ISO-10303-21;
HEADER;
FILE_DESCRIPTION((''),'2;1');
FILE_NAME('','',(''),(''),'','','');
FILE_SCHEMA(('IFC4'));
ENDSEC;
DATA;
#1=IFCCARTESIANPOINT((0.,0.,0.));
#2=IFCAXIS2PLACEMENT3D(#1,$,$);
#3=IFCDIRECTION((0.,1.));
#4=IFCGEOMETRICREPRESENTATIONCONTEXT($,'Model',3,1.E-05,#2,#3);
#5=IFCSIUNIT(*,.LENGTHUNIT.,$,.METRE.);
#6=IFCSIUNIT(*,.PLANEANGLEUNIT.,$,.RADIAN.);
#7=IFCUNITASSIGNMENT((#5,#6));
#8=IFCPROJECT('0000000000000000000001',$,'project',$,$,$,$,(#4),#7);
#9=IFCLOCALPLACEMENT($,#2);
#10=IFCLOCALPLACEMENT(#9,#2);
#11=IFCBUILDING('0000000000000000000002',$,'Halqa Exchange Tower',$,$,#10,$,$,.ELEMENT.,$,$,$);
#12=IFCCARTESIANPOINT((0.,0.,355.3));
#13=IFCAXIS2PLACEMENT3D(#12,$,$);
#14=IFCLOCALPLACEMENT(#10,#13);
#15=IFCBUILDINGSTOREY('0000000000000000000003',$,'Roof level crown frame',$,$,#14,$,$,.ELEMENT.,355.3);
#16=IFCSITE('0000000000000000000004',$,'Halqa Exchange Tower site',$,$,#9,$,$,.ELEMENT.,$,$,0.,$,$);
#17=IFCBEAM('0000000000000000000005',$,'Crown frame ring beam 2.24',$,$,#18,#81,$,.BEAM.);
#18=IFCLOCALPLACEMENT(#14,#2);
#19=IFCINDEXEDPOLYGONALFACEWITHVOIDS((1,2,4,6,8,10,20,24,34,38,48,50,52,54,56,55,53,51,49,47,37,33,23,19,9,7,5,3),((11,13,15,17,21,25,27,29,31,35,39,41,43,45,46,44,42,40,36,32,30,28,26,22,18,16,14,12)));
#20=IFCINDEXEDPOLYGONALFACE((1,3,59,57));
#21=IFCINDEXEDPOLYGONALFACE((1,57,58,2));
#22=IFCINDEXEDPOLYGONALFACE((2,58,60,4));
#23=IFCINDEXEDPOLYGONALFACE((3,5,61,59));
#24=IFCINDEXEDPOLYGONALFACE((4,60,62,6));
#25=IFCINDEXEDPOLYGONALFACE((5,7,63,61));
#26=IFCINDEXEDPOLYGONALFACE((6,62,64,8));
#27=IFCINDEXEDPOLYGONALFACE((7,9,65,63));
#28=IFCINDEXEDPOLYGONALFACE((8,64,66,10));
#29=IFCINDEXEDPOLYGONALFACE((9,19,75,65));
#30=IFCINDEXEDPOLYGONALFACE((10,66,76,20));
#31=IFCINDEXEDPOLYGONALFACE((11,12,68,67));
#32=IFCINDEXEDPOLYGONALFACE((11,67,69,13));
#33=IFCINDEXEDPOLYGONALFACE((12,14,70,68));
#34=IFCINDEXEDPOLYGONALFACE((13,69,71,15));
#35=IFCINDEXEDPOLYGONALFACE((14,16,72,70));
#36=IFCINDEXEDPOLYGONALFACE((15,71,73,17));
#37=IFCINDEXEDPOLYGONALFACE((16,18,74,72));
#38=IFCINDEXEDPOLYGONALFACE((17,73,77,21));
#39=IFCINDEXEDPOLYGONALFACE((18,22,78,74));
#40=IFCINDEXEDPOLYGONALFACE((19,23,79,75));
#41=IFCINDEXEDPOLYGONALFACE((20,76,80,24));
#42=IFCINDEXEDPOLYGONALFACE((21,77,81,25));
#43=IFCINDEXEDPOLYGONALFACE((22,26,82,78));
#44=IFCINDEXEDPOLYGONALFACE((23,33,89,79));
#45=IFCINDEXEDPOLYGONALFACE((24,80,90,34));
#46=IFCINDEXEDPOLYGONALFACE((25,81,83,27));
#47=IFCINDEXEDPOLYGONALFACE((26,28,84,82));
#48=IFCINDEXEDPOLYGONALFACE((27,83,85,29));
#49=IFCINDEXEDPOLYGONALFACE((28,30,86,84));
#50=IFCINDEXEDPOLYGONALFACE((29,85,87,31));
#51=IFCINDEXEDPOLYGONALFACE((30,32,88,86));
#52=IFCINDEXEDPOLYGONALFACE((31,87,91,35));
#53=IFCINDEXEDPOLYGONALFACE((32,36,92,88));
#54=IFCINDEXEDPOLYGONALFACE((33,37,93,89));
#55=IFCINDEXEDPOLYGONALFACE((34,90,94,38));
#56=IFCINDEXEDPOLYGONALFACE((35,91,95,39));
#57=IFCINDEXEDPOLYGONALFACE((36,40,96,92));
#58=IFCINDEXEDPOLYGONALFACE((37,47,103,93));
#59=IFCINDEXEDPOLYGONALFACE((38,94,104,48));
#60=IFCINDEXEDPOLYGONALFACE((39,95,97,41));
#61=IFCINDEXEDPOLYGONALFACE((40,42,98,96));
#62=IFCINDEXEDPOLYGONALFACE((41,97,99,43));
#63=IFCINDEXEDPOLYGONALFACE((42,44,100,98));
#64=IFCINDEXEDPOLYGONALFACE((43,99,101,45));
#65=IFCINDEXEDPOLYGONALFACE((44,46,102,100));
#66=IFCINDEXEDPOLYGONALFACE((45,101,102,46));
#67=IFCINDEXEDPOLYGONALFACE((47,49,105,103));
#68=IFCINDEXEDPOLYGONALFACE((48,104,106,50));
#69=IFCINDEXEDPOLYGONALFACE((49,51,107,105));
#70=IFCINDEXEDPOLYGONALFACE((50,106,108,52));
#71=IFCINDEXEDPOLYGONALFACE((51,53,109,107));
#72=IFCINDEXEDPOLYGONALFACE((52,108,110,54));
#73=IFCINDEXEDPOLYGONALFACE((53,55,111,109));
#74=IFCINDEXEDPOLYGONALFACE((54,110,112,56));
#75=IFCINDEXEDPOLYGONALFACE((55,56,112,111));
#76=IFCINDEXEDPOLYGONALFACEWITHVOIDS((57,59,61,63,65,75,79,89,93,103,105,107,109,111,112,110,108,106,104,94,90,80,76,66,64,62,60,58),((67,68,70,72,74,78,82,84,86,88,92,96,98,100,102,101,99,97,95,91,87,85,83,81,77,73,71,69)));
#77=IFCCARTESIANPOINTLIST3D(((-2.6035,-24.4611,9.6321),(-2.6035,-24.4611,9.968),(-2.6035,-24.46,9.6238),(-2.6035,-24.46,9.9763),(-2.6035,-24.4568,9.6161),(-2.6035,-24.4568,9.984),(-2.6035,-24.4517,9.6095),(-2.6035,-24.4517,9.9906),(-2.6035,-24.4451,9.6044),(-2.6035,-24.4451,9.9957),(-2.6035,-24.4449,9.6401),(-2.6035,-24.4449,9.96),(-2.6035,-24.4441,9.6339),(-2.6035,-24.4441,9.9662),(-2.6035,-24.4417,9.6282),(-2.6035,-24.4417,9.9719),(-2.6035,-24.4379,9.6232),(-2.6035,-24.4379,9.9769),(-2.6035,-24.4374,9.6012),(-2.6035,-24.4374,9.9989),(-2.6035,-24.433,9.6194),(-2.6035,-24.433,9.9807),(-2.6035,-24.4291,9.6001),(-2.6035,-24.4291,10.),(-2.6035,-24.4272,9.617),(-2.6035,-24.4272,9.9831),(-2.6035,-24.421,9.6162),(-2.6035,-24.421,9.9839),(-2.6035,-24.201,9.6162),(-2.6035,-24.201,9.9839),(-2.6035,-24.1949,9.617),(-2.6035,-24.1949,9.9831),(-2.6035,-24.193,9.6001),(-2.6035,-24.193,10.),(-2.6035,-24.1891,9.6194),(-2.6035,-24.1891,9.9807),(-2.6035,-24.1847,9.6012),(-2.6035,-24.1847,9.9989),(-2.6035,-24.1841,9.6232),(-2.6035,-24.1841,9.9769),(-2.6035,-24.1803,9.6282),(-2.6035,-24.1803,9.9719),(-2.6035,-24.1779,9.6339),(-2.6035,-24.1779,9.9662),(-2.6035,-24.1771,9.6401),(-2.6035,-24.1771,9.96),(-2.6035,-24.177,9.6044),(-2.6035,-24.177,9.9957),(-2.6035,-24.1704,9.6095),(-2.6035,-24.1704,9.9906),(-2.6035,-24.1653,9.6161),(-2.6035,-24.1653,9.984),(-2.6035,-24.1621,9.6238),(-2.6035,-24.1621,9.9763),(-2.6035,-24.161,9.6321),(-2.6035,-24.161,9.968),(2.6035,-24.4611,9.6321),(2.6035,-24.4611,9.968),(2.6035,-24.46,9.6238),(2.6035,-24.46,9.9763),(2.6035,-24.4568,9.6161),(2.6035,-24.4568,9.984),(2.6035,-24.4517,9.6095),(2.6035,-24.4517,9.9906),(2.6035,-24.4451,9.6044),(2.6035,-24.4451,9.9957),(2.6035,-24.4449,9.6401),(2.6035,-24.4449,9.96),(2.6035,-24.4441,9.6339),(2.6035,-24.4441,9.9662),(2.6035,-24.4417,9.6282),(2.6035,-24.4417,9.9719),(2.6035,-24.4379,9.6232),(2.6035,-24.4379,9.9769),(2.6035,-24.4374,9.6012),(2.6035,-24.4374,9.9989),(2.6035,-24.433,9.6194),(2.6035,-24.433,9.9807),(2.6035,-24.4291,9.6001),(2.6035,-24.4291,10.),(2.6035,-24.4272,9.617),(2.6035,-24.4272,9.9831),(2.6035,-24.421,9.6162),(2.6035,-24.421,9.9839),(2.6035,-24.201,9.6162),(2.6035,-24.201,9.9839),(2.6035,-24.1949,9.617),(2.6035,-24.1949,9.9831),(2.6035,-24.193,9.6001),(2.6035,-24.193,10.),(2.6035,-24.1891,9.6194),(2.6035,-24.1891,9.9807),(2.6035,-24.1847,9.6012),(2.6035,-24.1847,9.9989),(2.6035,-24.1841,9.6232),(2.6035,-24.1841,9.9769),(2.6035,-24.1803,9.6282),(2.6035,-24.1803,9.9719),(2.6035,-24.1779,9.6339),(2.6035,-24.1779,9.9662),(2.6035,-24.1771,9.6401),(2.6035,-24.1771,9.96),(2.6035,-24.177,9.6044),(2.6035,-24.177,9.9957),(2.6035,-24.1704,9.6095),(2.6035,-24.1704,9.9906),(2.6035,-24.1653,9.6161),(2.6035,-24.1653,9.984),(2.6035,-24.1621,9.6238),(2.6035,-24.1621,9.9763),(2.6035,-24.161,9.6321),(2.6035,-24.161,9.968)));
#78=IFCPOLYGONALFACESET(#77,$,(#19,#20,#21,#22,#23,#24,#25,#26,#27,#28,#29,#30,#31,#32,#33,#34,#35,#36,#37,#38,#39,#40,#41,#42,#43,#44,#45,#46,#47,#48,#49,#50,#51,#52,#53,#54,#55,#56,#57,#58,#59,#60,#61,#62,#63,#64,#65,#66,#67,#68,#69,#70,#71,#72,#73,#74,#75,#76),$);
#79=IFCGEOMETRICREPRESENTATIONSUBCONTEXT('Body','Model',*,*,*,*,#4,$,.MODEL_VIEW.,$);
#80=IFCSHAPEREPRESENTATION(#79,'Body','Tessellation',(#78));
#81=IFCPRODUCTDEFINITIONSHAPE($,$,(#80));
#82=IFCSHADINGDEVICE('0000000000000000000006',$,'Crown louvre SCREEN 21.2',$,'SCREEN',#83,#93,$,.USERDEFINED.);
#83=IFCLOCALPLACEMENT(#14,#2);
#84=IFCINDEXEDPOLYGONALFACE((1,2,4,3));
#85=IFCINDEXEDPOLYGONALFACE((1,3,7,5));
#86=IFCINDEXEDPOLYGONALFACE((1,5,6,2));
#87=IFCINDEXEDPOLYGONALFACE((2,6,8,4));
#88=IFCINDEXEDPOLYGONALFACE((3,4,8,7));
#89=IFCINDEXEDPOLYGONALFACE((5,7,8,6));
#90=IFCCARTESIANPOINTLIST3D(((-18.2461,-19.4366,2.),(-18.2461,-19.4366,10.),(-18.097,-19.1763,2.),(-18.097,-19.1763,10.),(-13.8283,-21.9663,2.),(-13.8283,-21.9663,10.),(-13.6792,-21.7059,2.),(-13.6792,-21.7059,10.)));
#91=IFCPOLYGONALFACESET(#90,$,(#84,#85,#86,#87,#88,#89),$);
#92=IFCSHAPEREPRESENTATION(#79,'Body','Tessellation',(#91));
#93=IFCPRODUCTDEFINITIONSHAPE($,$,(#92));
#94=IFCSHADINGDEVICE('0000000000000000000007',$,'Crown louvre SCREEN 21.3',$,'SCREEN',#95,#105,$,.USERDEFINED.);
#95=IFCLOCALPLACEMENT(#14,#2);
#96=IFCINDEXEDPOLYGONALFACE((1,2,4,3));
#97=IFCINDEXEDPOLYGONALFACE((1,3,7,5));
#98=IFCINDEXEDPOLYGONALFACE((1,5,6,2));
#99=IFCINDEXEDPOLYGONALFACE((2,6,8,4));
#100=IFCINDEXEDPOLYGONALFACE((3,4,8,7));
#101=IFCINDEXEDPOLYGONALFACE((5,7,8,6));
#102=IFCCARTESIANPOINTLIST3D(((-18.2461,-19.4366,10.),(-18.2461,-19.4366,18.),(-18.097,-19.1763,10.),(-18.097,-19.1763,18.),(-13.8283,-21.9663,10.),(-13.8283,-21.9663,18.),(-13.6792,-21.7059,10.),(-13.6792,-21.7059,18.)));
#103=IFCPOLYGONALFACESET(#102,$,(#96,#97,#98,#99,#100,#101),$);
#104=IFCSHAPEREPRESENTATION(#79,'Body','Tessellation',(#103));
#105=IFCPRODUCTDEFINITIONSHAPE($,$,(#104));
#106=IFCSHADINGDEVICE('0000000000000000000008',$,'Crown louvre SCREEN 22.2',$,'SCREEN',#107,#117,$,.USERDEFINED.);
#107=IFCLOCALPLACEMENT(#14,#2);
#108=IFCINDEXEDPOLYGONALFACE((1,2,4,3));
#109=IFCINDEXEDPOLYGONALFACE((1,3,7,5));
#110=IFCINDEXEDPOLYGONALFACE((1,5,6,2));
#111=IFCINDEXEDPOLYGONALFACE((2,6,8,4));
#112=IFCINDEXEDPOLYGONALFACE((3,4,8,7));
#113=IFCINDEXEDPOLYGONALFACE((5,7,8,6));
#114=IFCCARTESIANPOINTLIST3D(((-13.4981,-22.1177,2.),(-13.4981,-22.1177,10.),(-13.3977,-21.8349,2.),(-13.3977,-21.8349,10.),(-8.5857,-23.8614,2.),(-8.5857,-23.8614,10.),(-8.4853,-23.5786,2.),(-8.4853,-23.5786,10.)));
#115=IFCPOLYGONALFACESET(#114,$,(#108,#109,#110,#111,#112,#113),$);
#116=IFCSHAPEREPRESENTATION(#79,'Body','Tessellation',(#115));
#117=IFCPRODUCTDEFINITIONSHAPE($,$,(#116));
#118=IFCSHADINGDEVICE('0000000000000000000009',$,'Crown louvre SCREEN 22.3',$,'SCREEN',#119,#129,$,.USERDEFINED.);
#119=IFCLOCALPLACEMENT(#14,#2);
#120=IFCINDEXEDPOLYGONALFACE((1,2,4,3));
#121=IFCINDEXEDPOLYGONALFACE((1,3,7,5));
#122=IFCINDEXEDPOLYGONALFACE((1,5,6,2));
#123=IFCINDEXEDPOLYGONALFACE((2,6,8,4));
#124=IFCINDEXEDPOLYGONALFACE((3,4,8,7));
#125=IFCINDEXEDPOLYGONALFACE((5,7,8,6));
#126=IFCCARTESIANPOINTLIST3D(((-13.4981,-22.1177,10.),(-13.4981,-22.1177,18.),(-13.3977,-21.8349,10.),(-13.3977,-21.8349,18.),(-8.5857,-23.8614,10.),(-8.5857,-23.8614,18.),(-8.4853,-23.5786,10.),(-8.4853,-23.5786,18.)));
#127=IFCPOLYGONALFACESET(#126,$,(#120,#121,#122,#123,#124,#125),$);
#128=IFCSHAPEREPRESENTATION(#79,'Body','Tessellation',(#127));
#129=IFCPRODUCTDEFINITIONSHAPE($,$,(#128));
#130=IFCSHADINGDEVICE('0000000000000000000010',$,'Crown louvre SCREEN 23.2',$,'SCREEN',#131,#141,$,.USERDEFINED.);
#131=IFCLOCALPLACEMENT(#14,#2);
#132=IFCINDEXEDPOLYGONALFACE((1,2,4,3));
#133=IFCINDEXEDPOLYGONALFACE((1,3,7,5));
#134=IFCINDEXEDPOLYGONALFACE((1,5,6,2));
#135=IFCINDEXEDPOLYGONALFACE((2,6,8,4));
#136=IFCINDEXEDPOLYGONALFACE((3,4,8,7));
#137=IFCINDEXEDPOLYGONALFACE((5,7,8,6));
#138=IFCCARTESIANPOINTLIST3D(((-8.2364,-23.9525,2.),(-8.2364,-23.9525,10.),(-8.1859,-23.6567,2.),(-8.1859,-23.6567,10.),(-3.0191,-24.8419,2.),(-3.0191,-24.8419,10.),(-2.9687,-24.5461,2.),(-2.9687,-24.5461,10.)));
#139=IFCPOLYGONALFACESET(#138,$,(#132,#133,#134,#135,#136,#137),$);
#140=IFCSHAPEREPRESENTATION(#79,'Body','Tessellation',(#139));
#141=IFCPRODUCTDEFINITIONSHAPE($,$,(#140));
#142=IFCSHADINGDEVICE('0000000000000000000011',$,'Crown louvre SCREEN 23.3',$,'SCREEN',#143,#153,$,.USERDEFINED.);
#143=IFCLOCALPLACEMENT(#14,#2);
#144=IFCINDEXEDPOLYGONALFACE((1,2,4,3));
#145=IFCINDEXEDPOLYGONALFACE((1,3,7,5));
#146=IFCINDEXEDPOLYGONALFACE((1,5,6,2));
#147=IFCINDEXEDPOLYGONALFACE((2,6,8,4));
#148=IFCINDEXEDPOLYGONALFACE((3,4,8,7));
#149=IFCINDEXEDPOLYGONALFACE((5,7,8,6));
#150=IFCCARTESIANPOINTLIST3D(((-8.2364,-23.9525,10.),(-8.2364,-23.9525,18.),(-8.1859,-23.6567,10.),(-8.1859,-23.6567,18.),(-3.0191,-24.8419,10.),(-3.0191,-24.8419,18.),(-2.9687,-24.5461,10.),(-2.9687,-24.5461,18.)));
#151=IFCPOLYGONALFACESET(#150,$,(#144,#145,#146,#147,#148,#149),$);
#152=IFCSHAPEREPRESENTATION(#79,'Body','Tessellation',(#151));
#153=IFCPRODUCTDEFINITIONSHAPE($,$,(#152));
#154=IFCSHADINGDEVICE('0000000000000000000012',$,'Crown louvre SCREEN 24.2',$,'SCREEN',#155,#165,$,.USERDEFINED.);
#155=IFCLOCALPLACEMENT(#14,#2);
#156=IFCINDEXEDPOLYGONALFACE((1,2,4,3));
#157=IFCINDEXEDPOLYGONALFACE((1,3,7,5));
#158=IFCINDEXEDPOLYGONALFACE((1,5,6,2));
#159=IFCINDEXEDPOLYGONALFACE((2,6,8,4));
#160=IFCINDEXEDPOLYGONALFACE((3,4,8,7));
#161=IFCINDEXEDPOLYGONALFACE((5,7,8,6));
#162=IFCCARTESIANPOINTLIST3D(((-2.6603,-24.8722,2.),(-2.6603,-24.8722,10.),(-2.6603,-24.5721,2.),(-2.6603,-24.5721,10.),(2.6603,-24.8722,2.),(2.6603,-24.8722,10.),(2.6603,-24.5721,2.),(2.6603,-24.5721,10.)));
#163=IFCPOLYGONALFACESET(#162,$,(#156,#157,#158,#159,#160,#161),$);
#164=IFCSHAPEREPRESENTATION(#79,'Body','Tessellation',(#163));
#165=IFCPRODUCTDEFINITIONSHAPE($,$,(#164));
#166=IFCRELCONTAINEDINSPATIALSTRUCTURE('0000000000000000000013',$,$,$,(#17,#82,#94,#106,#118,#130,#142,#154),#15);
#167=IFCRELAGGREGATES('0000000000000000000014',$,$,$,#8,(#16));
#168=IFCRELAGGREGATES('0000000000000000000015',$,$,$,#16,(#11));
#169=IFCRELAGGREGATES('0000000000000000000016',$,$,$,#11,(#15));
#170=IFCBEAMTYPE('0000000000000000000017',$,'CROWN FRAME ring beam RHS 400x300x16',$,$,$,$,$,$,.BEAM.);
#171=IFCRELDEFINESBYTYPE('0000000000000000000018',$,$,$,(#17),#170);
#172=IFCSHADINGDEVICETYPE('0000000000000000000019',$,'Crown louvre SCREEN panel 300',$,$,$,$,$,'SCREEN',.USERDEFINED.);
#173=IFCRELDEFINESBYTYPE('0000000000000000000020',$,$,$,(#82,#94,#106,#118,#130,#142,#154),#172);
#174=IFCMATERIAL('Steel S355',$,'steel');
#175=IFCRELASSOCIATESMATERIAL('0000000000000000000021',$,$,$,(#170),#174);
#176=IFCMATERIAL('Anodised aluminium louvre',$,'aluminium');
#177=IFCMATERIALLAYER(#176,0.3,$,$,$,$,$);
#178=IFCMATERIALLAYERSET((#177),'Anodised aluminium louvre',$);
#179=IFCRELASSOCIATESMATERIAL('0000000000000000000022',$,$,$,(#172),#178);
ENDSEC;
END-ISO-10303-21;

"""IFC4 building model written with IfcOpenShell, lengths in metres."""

from ifc_helpers import new_model, si_unit, direction, frame, origin, origin_2d, place, context, subcontext, project, spatial, rectangle, hollow_rectangle, extrude, material, layer, layer_set, material_profile, profile_set, type_object, element, save


model = new_model("IFC4")

# Units and contexts
model_context = context("Model", 3, precision=1e-05, world=origin(), true_north=direction((0.0, 1.0)))
body_context = subcontext(model_context, "Body", "Model", "MODEL_VIEW")
ifc_project = project(units=[si_unit("LENGTHUNIT", "METRE"), si_unit("PLANEANGLEUNIT", "RADIAN")], contexts=[model_context])

# Site, building, storey
site_placement = place(None, origin())
site = spatial("IfcSite", under=ifc_project, at=site_placement, Name="Halqa Exchange Tower site", CompositionType="ELEMENT", RefElevation=0.0)
building_placement = place(site_placement, origin())
building = spatial("IfcBuilding", under=site, at=building_placement, Name="Halqa Exchange Tower", CompositionType="ELEMENT")
storey_placement = place(building_placement, frame((0.0, 0.0, 355.3)))
storey = spatial("IfcBuildingStorey", under=building, at=storey_placement, Name="Roof level crown frame", CompositionType="ELEMENT", Elevation=355.3)

# Shared definitions
ifc_material_1 = material(Name="Steel S355", Category="steel")

# Beam
ifc_material_profile_1 = material_profile(ifc_material_1, hollow_rectangle(XDim=0.3, YDim=0.3999, WallThickness=0.0161, InnerFilletRadius=0.0239, OuterFilletRadius=0.032, at=origin_2d()), Name="RHS 400x300x16")
ifc_profile_set_1 = profile_set([ifc_material_profile_1], Name="Steel S355")
beam_type = type_object("IfcBeamType", Name="CROWN FRAME ring beam RHS 400x300x16", PredefinedType="BEAM", material=ifc_profile_set_1)
beam_1_placement = place(storey_placement, frame((-2.6035, -24.311, 9.8), z_axis=(1.0, 0.0, 0.0), x_axis=(0.0, 1.0, 0.0)))
element("IfcBeam", 1, at=beam_1_placement, inside=storey, type_object=beam_type, Name="Crown frame ring beam 2.24", PredefinedType="BEAM", context=body_context, shape_type="SweptSolid", body=[
    extrude(hollow_rectangle(XDim=0.3, YDim=0.3999, WallThickness=0.0161, InnerFilletRadius=0.0239, OuterFilletRadius=0.032, at=origin_2d()), origin(), (0.0, 0.0, 1.0), 5.207),
])

# Shading devices
ifc_material_2 = material(Name="Anodised aluminium louvre", Category="aluminium")
ifc_layer = layer(ifc_material_2, 0.3)
ifc_layer_set = layer_set([ifc_layer], Name="Anodised aluminium louvre")
shading_device_type = type_object("IfcShadingDeviceType", Name="Crown louvre SCREEN panel 300", ElementType="SCREEN", PredefinedType="USERDEFINED", material=ifc_layer_set)
for number, where, z_axis, x_axis, name in (
    (2, (-15.9626, -20.5713, 2.0), (0.0, 0.0, 1.0), (0.867804, -0.496907, 0.0), "Crown louvre SCREEN 21.2"),
    (3, (-15.9626, -20.5713, 10.0), (0.0, 0.0, 1.0), (0.867804, -0.496907, 0.0), "Crown louvre SCREEN 21.3"),
):
    element("IfcShadingDevice", number, at=place(storey_placement, frame(where, z_axis=z_axis, x_axis=x_axis)), inside=storey, type_object=shading_device_type, Name=name, ObjectType="SCREEN", PredefinedType="USERDEFINED", context=body_context, shape_type="SweptSolid", body=[
        extrude(rectangle(XDim=5.0908, YDim=0.3, at=origin_2d()), origin(), (0.0, 0.0, 1.0), 8.0),
    ])
for number, where, z_axis, x_axis, name in (
    (4, (-10.9917, -22.8481, 2.0), (0.0, 0.0, 1.0), (0.942388, -0.334522, 0.0), "Crown louvre SCREEN 22.2"),
    (5, (-10.9917, -22.8481, 10.0), (0.0, 0.0, 1.0), (0.942388, -0.334522, 0.0), "Crown louvre SCREEN 22.3"),
):
    element("IfcShadingDevice", number, at=place(storey_placement, frame(where, z_axis=z_axis, x_axis=x_axis)), inside=storey, type_object=shading_device_type, Name=name, ObjectType="SCREEN", PredefinedType="USERDEFINED", context=body_context, shape_type="SweptSolid", body=[
        extrude(rectangle(XDim=5.2126, YDim=0.3, at=origin_2d()), origin(), (0.0, 0.0, 1.0), 8.0),
    ])
for number, where, z_axis, x_axis, name in (
    (6, (-5.6025, -24.2493, 2.0), (0.0, 0.0, 1.0), (0.985778, -0.168051, 0.0), "Crown louvre SCREEN 23.2"),
    (7, (-5.6025, -24.2493, 10.0), (0.0, 0.0, 1.0), (0.985778, -0.168051, 0.0), "Crown louvre SCREEN 23.3"),
):
    element("IfcShadingDevice", number, at=place(storey_placement, frame(where, z_axis=z_axis, x_axis=x_axis)), inside=storey, type_object=shading_device_type, Name=name, ObjectType="SCREEN", PredefinedType="USERDEFINED", context=body_context, shape_type="SweptSolid", body=[
        extrude(rectangle(XDim=5.2925, YDim=0.3, at=origin_2d()), origin(), (0.0, 0.0, 1.0), 8.0),
    ])
shading_device_placement = place(storey_placement, frame((0.0, -24.7222, 2.0), z_axis=(0.0, 0.0, 1.0), x_axis=(1.0, 0.0, 0.0)))
element("IfcShadingDevice", 8, at=shading_device_placement, inside=storey, type_object=shading_device_type, Name="Crown louvre SCREEN 24.2", ObjectType="SCREEN", PredefinedType="USERDEFINED", context=body_context, shape_type="SweptSolid", body=[
    extrude(rectangle(XDim=5.3206, YDim=0.3, at=origin_2d()), origin(), (0.0, 0.0, 1.0), 8.0),
])

save(model, "model.ifc")
